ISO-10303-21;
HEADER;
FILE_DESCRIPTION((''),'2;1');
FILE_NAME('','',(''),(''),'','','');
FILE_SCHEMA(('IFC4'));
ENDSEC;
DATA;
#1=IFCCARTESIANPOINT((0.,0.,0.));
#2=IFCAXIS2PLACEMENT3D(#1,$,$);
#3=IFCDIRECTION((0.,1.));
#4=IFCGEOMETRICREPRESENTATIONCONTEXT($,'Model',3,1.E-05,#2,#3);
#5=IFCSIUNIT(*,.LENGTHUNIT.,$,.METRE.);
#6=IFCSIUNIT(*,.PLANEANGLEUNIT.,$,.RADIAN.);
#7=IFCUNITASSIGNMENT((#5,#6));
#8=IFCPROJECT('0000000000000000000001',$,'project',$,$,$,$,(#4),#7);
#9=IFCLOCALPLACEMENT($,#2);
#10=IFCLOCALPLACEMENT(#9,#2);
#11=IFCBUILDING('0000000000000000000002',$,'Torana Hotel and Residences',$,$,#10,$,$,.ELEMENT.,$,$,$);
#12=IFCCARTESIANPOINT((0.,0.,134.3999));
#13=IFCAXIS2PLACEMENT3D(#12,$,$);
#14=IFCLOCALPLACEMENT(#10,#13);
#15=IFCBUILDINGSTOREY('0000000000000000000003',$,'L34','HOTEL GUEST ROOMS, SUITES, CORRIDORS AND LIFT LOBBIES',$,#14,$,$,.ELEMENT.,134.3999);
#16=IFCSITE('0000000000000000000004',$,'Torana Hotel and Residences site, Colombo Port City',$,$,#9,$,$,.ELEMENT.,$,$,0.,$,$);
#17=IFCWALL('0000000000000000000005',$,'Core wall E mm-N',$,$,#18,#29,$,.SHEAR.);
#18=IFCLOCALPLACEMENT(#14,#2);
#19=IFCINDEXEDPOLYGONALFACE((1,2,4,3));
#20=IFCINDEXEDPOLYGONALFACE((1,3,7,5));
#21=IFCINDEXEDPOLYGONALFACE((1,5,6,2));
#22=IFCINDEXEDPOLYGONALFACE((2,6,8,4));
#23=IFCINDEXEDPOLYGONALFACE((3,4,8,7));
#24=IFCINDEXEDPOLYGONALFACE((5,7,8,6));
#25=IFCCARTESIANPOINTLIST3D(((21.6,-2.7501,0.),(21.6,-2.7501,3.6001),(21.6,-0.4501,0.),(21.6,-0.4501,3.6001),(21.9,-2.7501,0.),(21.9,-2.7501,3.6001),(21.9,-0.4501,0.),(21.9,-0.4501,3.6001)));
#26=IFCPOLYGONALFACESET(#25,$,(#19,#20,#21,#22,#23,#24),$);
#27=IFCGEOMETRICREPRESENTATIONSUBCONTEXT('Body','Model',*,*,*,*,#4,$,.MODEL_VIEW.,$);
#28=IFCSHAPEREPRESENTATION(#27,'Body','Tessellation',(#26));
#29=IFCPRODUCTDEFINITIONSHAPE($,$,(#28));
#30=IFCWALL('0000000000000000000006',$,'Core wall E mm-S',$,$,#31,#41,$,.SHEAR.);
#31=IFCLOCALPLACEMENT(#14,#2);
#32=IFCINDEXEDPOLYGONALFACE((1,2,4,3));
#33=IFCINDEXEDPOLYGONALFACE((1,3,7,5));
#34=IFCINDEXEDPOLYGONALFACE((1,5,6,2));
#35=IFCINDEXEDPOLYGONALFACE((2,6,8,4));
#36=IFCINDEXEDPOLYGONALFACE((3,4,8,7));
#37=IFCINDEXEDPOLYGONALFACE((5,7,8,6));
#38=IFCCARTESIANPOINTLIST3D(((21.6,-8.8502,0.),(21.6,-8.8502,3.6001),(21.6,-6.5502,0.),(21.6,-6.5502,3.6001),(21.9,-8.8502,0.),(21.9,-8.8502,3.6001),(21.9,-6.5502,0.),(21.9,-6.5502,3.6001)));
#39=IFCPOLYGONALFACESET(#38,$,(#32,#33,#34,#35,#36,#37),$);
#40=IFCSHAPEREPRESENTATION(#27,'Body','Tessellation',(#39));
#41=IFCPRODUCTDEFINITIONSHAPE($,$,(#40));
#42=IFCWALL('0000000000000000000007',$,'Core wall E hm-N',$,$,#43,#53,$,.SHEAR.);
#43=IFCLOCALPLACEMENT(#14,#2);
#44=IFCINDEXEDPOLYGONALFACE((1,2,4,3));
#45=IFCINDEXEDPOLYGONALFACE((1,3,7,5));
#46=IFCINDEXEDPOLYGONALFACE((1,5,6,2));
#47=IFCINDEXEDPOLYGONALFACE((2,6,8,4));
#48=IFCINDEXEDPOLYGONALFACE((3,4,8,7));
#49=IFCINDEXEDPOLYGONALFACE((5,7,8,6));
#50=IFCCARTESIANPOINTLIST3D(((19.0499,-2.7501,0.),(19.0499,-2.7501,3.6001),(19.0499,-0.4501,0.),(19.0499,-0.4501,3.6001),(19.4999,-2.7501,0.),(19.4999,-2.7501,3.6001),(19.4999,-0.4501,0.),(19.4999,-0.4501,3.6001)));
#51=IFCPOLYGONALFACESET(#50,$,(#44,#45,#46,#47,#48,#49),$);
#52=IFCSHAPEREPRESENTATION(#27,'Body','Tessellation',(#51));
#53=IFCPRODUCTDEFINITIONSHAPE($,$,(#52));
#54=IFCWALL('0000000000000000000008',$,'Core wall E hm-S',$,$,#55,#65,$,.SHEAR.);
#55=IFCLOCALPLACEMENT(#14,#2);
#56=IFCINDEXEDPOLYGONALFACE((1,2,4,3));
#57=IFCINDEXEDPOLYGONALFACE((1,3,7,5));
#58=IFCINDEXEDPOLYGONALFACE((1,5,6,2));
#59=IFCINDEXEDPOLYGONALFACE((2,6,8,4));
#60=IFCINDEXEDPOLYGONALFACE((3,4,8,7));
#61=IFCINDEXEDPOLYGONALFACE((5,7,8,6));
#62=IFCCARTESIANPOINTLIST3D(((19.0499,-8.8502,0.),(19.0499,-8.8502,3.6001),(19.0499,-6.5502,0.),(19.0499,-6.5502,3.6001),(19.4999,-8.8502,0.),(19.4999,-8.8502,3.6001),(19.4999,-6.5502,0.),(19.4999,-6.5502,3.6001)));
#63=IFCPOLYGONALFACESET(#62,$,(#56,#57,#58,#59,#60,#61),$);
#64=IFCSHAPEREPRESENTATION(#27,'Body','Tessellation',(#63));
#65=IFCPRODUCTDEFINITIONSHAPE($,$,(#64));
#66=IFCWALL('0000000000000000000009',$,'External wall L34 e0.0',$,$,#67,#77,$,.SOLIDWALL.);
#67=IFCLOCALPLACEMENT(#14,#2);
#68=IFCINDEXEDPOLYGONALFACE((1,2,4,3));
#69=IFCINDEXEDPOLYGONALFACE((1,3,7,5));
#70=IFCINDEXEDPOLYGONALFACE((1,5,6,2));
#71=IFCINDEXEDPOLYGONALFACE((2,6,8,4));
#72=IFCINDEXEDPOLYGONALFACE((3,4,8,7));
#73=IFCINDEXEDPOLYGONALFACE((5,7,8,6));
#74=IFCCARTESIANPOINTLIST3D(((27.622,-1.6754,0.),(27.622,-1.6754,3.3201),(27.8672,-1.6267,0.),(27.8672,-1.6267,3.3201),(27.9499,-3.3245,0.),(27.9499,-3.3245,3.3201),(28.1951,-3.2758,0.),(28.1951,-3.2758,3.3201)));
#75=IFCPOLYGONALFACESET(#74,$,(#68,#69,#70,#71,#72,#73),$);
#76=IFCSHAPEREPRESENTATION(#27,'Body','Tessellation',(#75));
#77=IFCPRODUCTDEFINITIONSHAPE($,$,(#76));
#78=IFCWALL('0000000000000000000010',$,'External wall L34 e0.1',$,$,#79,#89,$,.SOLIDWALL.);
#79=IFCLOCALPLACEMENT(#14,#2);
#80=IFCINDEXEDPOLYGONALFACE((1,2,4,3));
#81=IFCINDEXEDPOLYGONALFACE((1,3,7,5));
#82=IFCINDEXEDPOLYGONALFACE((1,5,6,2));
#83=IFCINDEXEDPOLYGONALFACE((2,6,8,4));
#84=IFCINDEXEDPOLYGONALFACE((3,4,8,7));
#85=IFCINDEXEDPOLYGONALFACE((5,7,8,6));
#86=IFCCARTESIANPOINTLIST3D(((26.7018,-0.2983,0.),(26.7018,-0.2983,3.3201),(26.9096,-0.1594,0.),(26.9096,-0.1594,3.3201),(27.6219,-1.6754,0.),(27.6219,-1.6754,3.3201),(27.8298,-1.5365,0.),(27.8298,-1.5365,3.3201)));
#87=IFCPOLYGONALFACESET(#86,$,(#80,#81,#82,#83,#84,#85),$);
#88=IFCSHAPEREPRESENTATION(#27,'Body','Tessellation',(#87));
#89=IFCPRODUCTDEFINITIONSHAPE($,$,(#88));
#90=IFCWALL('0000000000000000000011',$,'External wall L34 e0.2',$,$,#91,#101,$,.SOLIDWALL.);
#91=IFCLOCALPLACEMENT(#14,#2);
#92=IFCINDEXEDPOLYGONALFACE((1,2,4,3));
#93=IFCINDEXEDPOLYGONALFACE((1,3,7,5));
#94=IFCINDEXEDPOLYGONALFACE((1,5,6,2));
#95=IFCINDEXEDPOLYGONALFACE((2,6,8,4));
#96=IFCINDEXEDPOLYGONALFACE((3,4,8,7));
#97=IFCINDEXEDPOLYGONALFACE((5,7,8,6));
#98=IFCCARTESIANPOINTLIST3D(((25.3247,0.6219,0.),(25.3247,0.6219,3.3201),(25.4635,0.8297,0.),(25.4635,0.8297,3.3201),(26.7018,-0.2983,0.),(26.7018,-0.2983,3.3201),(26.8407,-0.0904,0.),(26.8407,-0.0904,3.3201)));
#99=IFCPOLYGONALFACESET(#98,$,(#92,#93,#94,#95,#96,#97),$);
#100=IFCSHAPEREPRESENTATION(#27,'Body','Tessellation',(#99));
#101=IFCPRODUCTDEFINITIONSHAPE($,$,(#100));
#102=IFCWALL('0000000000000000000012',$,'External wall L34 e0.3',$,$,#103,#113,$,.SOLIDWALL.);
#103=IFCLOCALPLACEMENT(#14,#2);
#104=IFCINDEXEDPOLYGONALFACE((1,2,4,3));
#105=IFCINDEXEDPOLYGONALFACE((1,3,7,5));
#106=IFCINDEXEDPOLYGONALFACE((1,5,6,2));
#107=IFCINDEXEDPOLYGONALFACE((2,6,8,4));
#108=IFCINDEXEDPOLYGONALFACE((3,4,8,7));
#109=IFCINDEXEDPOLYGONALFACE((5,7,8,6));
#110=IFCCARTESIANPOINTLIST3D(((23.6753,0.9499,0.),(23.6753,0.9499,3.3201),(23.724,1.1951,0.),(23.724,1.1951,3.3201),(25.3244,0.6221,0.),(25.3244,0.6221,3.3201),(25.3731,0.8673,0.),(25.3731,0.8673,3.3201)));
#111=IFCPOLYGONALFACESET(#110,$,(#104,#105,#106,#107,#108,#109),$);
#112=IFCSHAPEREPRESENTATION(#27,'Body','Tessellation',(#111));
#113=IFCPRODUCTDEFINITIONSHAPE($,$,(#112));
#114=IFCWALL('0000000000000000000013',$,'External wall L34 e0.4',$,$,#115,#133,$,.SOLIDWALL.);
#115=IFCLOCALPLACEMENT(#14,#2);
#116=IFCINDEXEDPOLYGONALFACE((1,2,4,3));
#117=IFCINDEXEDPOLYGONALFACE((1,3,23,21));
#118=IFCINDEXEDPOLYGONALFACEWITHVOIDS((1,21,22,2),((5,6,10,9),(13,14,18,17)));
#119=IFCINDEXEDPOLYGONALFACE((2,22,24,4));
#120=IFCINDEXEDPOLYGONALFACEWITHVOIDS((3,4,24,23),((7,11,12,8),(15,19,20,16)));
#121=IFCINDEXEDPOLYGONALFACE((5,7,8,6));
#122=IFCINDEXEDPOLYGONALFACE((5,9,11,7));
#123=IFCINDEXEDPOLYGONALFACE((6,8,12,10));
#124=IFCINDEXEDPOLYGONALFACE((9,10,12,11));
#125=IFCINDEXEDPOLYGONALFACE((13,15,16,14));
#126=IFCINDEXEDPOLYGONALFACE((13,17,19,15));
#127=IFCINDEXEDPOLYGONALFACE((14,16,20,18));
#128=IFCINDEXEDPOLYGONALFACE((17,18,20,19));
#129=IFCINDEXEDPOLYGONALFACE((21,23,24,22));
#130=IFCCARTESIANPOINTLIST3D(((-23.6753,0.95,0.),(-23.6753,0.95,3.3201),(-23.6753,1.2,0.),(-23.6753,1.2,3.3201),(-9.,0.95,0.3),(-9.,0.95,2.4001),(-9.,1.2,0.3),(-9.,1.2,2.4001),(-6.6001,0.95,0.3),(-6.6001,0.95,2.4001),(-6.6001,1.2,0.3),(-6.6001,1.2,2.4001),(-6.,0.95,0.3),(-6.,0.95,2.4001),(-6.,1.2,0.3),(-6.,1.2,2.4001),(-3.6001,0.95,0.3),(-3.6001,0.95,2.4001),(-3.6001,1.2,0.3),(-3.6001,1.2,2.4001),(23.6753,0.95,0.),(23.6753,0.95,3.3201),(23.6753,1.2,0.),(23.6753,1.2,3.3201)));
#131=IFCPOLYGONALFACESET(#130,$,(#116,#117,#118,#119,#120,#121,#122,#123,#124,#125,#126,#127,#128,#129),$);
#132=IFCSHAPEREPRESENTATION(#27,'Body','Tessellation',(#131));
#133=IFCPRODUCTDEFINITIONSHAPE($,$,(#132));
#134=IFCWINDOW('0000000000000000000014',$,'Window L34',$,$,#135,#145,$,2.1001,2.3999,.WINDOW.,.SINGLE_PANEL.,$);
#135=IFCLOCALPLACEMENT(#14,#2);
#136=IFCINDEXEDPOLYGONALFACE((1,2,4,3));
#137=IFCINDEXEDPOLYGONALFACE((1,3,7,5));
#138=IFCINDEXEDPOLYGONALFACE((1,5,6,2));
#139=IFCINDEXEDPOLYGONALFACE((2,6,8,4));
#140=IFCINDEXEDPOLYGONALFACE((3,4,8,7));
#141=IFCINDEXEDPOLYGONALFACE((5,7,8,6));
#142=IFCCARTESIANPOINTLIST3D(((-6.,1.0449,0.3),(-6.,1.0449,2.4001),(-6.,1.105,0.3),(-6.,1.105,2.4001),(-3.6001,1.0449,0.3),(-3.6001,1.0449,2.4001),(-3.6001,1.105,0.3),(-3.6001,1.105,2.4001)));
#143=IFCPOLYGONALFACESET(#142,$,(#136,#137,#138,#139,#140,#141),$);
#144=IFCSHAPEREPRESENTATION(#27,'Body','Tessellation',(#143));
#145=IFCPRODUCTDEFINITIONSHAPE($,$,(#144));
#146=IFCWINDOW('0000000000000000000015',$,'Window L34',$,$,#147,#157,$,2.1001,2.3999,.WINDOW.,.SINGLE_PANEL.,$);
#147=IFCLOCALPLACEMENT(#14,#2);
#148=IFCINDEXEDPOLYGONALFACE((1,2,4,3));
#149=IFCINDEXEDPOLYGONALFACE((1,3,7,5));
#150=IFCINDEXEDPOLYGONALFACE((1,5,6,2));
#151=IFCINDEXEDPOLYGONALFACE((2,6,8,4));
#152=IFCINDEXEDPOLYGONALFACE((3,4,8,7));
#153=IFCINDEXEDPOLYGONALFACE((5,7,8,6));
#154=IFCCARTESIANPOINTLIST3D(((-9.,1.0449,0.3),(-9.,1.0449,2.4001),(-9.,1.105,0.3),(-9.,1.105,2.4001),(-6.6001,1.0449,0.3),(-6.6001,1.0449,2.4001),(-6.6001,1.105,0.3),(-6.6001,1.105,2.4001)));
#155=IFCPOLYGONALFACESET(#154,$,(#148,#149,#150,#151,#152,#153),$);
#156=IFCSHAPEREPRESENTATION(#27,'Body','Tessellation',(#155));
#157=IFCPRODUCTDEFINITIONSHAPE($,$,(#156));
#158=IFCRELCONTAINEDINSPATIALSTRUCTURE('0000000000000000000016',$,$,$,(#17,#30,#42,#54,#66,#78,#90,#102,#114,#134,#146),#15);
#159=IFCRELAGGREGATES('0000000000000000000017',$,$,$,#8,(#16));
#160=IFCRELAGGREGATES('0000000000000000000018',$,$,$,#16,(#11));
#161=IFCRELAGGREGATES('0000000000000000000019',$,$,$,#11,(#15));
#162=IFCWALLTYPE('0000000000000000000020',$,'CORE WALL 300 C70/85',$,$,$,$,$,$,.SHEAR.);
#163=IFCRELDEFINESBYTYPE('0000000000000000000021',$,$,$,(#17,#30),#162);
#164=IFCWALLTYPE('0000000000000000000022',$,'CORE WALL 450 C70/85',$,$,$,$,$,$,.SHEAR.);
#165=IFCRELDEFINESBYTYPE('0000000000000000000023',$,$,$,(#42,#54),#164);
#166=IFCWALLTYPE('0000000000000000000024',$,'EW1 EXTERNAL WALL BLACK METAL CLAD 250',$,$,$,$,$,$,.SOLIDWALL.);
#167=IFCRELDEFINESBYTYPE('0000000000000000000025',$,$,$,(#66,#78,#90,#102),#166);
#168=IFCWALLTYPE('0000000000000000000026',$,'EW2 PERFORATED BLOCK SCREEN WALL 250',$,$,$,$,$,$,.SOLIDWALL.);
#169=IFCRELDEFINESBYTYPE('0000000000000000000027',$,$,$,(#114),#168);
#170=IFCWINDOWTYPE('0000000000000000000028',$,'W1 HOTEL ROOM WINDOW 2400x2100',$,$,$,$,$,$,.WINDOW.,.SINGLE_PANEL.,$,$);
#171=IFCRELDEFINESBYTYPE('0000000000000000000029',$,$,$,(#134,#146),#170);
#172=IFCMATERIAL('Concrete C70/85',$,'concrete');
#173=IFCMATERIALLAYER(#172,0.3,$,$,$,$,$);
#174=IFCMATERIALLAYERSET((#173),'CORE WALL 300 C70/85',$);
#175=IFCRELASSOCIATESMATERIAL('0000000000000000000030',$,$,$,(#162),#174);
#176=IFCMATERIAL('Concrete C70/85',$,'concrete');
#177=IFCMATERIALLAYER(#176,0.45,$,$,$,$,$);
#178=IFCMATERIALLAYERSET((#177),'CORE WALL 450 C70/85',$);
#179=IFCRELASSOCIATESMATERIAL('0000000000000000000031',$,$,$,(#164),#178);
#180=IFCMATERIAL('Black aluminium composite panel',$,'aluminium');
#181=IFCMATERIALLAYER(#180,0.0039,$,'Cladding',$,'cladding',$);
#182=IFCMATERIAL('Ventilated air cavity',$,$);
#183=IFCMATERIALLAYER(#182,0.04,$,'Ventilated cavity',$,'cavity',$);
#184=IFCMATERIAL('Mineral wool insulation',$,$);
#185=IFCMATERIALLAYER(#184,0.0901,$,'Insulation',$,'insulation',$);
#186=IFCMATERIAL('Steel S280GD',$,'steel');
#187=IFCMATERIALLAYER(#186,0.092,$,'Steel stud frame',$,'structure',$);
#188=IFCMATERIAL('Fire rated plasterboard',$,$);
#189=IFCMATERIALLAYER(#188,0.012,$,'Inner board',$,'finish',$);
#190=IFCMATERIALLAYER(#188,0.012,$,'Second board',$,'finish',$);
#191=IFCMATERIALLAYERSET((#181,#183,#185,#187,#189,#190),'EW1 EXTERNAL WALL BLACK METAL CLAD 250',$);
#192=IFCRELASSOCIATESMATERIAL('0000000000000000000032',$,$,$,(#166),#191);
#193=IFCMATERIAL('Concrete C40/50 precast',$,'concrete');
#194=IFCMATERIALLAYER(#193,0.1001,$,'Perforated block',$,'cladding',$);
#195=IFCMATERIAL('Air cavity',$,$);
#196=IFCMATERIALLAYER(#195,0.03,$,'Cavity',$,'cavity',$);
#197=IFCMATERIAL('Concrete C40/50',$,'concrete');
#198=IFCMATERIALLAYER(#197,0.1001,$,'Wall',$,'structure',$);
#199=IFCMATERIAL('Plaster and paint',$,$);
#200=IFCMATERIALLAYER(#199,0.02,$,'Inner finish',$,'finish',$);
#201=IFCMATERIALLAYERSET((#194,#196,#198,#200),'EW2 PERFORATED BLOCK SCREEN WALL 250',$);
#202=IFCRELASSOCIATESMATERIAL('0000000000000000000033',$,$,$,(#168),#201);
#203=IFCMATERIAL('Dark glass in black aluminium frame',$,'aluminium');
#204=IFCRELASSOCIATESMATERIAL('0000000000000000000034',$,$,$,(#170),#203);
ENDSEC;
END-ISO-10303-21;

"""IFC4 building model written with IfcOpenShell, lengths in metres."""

from ifc_helpers import new_model, si_unit, direction, frame, frame_2d, origin, place, context, subcontext, project, spatial, rectangle, extrude, material, layer, layer_set, type_object, element, fill, save


model = new_model("IFC4")

# Units and contexts
model_context = context("Model", 3, precision=1e-05, world=origin(), true_north=direction((0.0, 1.0)))
body_context = subcontext(model_context, "Body", "Model", "MODEL_VIEW")
ifc_project = project(units=[si_unit("LENGTHUNIT", "METRE"), si_unit("PLANEANGLEUNIT", "RADIAN")], contexts=[model_context])

# Site, building, storey
site_placement = place(None, origin())
site = spatial("IfcSite", under=ifc_project, at=site_placement, Name="Torana Hotel and Residences site, Colombo Port City", CompositionType="ELEMENT", RefElevation=0.0)
building_placement = place(site_placement, origin())
building = spatial("IfcBuilding", under=site, at=building_placement, Name="Torana Hotel and Residences", CompositionType="ELEMENT")
storey_placement = place(building_placement, frame((0.0, 0.0, 134.3999)))
storey = spatial("IfcBuildingStorey", under=building, at=storey_placement, Name="L34", Description="HOTEL GUEST ROOMS, SUITES, CORRIDORS AND LIFT LOBBIES", CompositionType="ELEMENT", Elevation=134.3999)

# Walls
ifc_material_1 = material(Name="Concrete C70/85", Category="concrete")
ifc_layer_1 = layer(ifc_material_1, 0.3)
ifc_layer_set_1 = layer_set([ifc_layer_1], Name="CORE WALL 300 C70/85")
wall_type_1 = type_object("IfcWallType", Name="CORE WALL 300 C70/85", PredefinedType="SHEAR", material=ifc_layer_set_1)
for number, where, z_axis, x_axis, name in (
    (1, (21.75, -2.75, 0.0), (0.0, 0.0, 1.0), (0.0, 1.0, 0.0), "Core wall E mm-N"),
    (2, (21.75, -8.8501, 0.0), (0.0, 0.0, 1.0), (0.0, 1.0, 0.0), "Core wall E mm-S"),
):
    element("IfcWall", number, at=place(storey_placement, frame(where, z_axis=z_axis, x_axis=x_axis)), inside=storey, type_object=wall_type_1, Name=name, PredefinedType="SHEAR", context=body_context, shape_type="SweptSolid", body=[
        extrude(rectangle(XDim=2.3, YDim=0.3, at=frame_2d((1.1499, 0.0))), origin(), (0.0, 0.0, 1.0), 3.6001),
    ])
ifc_material_2 = material(Name="Concrete C70/85", Category="concrete")
ifc_layer_2 = layer(ifc_material_2, 0.45)
ifc_layer_set_2 = layer_set([ifc_layer_2], Name="CORE WALL 450 C70/85")
wall_type_2 = type_object("IfcWallType", Name="CORE WALL 450 C70/85", PredefinedType="SHEAR", material=ifc_layer_set_2)
for number, where, z_axis, x_axis, name in (
    (3, (19.2749, -2.75, 0.0), (0.0, 0.0, 1.0), (0.0, 1.0, 0.0), "Core wall E hm-N"),
    (4, (19.2749, -8.8501, 0.0), (0.0, 0.0, 1.0), (0.0, 1.0, 0.0), "Core wall E hm-S"),
):
    element("IfcWall", number, at=place(storey_placement, frame(where, z_axis=z_axis, x_axis=x_axis)), inside=storey, type_object=wall_type_2, Name=name, PredefinedType="SHEAR", context=body_context, shape_type="SweptSolid", body=[
        extrude(rectangle(XDim=2.3, YDim=0.45, at=frame_2d((1.1499, 0.0))), origin(), (0.0, 0.0, 1.0), 3.6001),
    ])
ifc_material_3 = material(Name="Black aluminium composite panel", Category="aluminium")
ifc_layer_3 = layer(ifc_material_3, 0.0039, Name="Cladding", Category="cladding")
ifc_material_4 = material(Name="Ventilated air cavity")
ifc_layer_4 = layer(ifc_material_4, 0.04, Name="Ventilated cavity", Category="cavity")
ifc_material_5 = material(Name="Mineral wool insulation")
ifc_layer_5 = layer(ifc_material_5, 0.0901, Name="Insulation", Category="insulation")
ifc_material_6 = material(Name="Steel S280GD", Category="steel")
ifc_layer_6 = layer(ifc_material_6, 0.092, Name="Steel stud frame", Category="structure")
ifc_material_7 = material(Name="Fire rated plasterboard")
ifc_layer_7 = layer(ifc_material_7, 0.012, Name="Inner board", Category="finish")
ifc_layer_8 = layer(ifc_material_7, 0.012, Name="Second board", Category="finish")
ifc_layer_set_3 = layer_set([ifc_layer_3, ifc_layer_4, ifc_layer_5, ifc_layer_6, ifc_layer_7, ifc_layer_8], Name="EW1 EXTERNAL WALL BLACK METAL CLAD 250")
wall_type_3 = type_object("IfcWallType", Name="EW1 EXTERNAL WALL BLACK METAL CLAD 250", PredefinedType="SOLIDWALL", material=ifc_layer_set_3)
wall_1_placement = place(storey_placement, frame((28.0725, -3.3003, 0.0), z_axis=(0.0, 0.0, 1.0), x_axis=(-0.194999, 0.980803, 0.0)))
element("IfcWall", 5, at=wall_1_placement, inside=storey, type_object=wall_type_3, Name="External wall L34 e0.0", PredefinedType="SOLIDWALL", context=body_context, shape_type="SweptSolid", body=[
    extrude(rectangle(XDim=1.6814, YDim=0.25, at=frame_2d((0.8408, 0.0))), origin(), (0.0, 0.0, 1.0), 3.3201),
])
for number, where, z_axis, x_axis, name in (
    (6, (27.7258, -1.606, 0.0), (0.0, 0.0, 1.0), (-0.55555, 0.831483, 0.0), "External wall L34 e0.1"),
    (7, (26.7712, -0.1943, 0.0), (0.0, 0.0, 1.0), (-0.831483, 0.55555, 0.0), "External wall L34 e0.2"),
):
    element("IfcWall", number, at=place(storey_placement, frame(where, z_axis=z_axis, x_axis=x_axis)), inside=storey, type_object=wall_type_3, Name=name, PredefinedType="SOLIDWALL", context=body_context, shape_type="SweptSolid", body=[
        extrude(rectangle(XDim=1.6562, YDim=0.25, at=frame_2d((0.8281, 0.0))), origin(), (0.0, 0.0, 1.0), 3.3201),
    ])
wall_2_placement = place(storey_placement, frame((25.3489, 0.7446, 0.0), z_axis=(0.0, 0.0, 1.0), x_axis=(-0.980803, 0.194999, 0.0)))
element("IfcWall", 8, at=wall_2_placement, inside=storey, type_object=wall_type_3, Name="External wall L34 e0.3", PredefinedType="SOLIDWALL", context=body_context, shape_type="SweptSolid", body=[
    extrude(rectangle(XDim=1.6814, YDim=0.25, at=frame_2d((0.8408, 0.0))), origin(), (0.0, 0.0, 1.0), 3.3201),
])

# Wall, openings, windows
ifc_material_8 = material(Name="Concrete C40/50 precast", Category="concrete")
ifc_layer_9 = layer(ifc_material_8, 0.1001, Name="Perforated block", Category="cladding")
ifc_material_9 = material(Name="Air cavity")
ifc_layer_10 = layer(ifc_material_9, 0.03, Name="Cavity", Category="cavity")
ifc_material_10 = material(Name="Concrete C40/50", Category="concrete")
ifc_layer_11 = layer(ifc_material_10, 0.1001, Name="Wall", Category="structure")
ifc_material_11 = material(Name="Plaster and paint")
ifc_layer_12 = layer(ifc_material_11, 0.02, Name="Inner finish", Category="finish")
ifc_layer_set_4 = layer_set([ifc_layer_9, ifc_layer_10, ifc_layer_11, ifc_layer_12], Name="EW2 PERFORATED BLOCK SCREEN WALL 250")
wall_type_4 = type_object("IfcWallType", Name="EW2 PERFORATED BLOCK SCREEN WALL 250", PredefinedType="SOLIDWALL", material=ifc_layer_set_4)
wall_3_placement = place(storey_placement, frame((23.6753, 1.075, 0.0), z_axis=(0.0, 0.0, 1.0), x_axis=(-1.0, 0.0, 0.0)))
wall_3 = element("IfcWall", 9, at=wall_3_placement, inside=storey, type_object=wall_type_4, Name="External wall L34 e0.4", PredefinedType="SOLIDWALL", context=body_context, shape_type="SweptSolid", body=[
    extrude(rectangle(XDim=47.3506, YDim=0.25, at=frame_2d((23.6753, 0.0))), origin(), (0.0, 0.0, 1.0), 3.3201),
])
opening_1_placement = place(wall_3_placement, frame((27.2754, 0.0, 0.3)))
opening_1 = element("IfcOpeningElement", 10, at=opening_1_placement, cuts=wall_3, PredefinedType="OPENING", context=body_context, shape_type="SweptSolid", body=[
    extrude(rectangle(XDim=2.3999, YDim=2.1001, at=frame_2d((1.2, 1.05))), frame((0.0, 0.135, 0.0), z_axis=(0.0, -1.0, 0.0), x_axis=(1.0, 0.0, 0.0)), (0.0, 0.0, 1.0), 0.27),
])
opening_2_placement = place(wall_3_placement, frame((30.2754, 0.0, 0.3)))
opening_2 = element("IfcOpeningElement", 11, at=opening_2_placement, cuts=wall_3, PredefinedType="OPENING", context=body_context, shape_type="SweptSolid", body=[
    extrude(rectangle(XDim=2.3999, YDim=2.1001, at=frame_2d((1.2, 1.05))), frame((0.0, 0.135, 0.0), z_axis=(0.0, -1.0, 0.0), x_axis=(1.0, 0.0, 0.0)), (0.0, 0.0, 1.0), 0.27),
])
ifc_material_12 = material(Name="Dark glass in black aluminium frame", Category="aluminium")
window_type = type_object("IfcWindowType", Name="W1 HOTEL ROOM WINDOW 2400x2100", PartitioningType="SINGLE_PANEL", PredefinedType="WINDOW", material=ifc_material_12)
window_1_placement = place(opening_1_placement, origin())
window_1 = element("IfcWindow", 12, at=window_1_placement, inside=storey, type_object=window_type, Name="Window L34", OverallHeight=2.1001, OverallWidth=2.3999, PartitioningType="SINGLE_PANEL", PredefinedType="WINDOW", context=body_context, shape_type="SweptSolid", body=[
    extrude(rectangle(XDim=2.3999, YDim=2.1001, at=frame_2d((1.2, 1.05))), frame((0.0, 0.03, 0.0), z_axis=(0.0, -1.0, 0.0), x_axis=(1.0, 0.0, 0.0)), (0.0, 0.0, 1.0), 0.0601),
])
fill(opening_1, window_1)
window_2_placement = place(opening_2_placement, origin())
window_2 = element("IfcWindow", 13, at=window_2_placement, inside=storey, type_object=window_type, Name="Window L34", OverallHeight=2.1001, OverallWidth=2.3999, PartitioningType="SINGLE_PANEL", PredefinedType="WINDOW", context=body_context, shape_type="SweptSolid", body=[
    extrude(rectangle(XDim=2.3999, YDim=2.1001, at=frame_2d((1.2, 1.05))), frame((0.0, 0.03, 0.0), z_axis=(0.0, -1.0, 0.0), x_axis=(1.0, 0.0, 0.0)), (0.0, 0.0, 1.0), 0.0601),
])
fill(opening_2, window_2)

save(model, "model.ifc")
